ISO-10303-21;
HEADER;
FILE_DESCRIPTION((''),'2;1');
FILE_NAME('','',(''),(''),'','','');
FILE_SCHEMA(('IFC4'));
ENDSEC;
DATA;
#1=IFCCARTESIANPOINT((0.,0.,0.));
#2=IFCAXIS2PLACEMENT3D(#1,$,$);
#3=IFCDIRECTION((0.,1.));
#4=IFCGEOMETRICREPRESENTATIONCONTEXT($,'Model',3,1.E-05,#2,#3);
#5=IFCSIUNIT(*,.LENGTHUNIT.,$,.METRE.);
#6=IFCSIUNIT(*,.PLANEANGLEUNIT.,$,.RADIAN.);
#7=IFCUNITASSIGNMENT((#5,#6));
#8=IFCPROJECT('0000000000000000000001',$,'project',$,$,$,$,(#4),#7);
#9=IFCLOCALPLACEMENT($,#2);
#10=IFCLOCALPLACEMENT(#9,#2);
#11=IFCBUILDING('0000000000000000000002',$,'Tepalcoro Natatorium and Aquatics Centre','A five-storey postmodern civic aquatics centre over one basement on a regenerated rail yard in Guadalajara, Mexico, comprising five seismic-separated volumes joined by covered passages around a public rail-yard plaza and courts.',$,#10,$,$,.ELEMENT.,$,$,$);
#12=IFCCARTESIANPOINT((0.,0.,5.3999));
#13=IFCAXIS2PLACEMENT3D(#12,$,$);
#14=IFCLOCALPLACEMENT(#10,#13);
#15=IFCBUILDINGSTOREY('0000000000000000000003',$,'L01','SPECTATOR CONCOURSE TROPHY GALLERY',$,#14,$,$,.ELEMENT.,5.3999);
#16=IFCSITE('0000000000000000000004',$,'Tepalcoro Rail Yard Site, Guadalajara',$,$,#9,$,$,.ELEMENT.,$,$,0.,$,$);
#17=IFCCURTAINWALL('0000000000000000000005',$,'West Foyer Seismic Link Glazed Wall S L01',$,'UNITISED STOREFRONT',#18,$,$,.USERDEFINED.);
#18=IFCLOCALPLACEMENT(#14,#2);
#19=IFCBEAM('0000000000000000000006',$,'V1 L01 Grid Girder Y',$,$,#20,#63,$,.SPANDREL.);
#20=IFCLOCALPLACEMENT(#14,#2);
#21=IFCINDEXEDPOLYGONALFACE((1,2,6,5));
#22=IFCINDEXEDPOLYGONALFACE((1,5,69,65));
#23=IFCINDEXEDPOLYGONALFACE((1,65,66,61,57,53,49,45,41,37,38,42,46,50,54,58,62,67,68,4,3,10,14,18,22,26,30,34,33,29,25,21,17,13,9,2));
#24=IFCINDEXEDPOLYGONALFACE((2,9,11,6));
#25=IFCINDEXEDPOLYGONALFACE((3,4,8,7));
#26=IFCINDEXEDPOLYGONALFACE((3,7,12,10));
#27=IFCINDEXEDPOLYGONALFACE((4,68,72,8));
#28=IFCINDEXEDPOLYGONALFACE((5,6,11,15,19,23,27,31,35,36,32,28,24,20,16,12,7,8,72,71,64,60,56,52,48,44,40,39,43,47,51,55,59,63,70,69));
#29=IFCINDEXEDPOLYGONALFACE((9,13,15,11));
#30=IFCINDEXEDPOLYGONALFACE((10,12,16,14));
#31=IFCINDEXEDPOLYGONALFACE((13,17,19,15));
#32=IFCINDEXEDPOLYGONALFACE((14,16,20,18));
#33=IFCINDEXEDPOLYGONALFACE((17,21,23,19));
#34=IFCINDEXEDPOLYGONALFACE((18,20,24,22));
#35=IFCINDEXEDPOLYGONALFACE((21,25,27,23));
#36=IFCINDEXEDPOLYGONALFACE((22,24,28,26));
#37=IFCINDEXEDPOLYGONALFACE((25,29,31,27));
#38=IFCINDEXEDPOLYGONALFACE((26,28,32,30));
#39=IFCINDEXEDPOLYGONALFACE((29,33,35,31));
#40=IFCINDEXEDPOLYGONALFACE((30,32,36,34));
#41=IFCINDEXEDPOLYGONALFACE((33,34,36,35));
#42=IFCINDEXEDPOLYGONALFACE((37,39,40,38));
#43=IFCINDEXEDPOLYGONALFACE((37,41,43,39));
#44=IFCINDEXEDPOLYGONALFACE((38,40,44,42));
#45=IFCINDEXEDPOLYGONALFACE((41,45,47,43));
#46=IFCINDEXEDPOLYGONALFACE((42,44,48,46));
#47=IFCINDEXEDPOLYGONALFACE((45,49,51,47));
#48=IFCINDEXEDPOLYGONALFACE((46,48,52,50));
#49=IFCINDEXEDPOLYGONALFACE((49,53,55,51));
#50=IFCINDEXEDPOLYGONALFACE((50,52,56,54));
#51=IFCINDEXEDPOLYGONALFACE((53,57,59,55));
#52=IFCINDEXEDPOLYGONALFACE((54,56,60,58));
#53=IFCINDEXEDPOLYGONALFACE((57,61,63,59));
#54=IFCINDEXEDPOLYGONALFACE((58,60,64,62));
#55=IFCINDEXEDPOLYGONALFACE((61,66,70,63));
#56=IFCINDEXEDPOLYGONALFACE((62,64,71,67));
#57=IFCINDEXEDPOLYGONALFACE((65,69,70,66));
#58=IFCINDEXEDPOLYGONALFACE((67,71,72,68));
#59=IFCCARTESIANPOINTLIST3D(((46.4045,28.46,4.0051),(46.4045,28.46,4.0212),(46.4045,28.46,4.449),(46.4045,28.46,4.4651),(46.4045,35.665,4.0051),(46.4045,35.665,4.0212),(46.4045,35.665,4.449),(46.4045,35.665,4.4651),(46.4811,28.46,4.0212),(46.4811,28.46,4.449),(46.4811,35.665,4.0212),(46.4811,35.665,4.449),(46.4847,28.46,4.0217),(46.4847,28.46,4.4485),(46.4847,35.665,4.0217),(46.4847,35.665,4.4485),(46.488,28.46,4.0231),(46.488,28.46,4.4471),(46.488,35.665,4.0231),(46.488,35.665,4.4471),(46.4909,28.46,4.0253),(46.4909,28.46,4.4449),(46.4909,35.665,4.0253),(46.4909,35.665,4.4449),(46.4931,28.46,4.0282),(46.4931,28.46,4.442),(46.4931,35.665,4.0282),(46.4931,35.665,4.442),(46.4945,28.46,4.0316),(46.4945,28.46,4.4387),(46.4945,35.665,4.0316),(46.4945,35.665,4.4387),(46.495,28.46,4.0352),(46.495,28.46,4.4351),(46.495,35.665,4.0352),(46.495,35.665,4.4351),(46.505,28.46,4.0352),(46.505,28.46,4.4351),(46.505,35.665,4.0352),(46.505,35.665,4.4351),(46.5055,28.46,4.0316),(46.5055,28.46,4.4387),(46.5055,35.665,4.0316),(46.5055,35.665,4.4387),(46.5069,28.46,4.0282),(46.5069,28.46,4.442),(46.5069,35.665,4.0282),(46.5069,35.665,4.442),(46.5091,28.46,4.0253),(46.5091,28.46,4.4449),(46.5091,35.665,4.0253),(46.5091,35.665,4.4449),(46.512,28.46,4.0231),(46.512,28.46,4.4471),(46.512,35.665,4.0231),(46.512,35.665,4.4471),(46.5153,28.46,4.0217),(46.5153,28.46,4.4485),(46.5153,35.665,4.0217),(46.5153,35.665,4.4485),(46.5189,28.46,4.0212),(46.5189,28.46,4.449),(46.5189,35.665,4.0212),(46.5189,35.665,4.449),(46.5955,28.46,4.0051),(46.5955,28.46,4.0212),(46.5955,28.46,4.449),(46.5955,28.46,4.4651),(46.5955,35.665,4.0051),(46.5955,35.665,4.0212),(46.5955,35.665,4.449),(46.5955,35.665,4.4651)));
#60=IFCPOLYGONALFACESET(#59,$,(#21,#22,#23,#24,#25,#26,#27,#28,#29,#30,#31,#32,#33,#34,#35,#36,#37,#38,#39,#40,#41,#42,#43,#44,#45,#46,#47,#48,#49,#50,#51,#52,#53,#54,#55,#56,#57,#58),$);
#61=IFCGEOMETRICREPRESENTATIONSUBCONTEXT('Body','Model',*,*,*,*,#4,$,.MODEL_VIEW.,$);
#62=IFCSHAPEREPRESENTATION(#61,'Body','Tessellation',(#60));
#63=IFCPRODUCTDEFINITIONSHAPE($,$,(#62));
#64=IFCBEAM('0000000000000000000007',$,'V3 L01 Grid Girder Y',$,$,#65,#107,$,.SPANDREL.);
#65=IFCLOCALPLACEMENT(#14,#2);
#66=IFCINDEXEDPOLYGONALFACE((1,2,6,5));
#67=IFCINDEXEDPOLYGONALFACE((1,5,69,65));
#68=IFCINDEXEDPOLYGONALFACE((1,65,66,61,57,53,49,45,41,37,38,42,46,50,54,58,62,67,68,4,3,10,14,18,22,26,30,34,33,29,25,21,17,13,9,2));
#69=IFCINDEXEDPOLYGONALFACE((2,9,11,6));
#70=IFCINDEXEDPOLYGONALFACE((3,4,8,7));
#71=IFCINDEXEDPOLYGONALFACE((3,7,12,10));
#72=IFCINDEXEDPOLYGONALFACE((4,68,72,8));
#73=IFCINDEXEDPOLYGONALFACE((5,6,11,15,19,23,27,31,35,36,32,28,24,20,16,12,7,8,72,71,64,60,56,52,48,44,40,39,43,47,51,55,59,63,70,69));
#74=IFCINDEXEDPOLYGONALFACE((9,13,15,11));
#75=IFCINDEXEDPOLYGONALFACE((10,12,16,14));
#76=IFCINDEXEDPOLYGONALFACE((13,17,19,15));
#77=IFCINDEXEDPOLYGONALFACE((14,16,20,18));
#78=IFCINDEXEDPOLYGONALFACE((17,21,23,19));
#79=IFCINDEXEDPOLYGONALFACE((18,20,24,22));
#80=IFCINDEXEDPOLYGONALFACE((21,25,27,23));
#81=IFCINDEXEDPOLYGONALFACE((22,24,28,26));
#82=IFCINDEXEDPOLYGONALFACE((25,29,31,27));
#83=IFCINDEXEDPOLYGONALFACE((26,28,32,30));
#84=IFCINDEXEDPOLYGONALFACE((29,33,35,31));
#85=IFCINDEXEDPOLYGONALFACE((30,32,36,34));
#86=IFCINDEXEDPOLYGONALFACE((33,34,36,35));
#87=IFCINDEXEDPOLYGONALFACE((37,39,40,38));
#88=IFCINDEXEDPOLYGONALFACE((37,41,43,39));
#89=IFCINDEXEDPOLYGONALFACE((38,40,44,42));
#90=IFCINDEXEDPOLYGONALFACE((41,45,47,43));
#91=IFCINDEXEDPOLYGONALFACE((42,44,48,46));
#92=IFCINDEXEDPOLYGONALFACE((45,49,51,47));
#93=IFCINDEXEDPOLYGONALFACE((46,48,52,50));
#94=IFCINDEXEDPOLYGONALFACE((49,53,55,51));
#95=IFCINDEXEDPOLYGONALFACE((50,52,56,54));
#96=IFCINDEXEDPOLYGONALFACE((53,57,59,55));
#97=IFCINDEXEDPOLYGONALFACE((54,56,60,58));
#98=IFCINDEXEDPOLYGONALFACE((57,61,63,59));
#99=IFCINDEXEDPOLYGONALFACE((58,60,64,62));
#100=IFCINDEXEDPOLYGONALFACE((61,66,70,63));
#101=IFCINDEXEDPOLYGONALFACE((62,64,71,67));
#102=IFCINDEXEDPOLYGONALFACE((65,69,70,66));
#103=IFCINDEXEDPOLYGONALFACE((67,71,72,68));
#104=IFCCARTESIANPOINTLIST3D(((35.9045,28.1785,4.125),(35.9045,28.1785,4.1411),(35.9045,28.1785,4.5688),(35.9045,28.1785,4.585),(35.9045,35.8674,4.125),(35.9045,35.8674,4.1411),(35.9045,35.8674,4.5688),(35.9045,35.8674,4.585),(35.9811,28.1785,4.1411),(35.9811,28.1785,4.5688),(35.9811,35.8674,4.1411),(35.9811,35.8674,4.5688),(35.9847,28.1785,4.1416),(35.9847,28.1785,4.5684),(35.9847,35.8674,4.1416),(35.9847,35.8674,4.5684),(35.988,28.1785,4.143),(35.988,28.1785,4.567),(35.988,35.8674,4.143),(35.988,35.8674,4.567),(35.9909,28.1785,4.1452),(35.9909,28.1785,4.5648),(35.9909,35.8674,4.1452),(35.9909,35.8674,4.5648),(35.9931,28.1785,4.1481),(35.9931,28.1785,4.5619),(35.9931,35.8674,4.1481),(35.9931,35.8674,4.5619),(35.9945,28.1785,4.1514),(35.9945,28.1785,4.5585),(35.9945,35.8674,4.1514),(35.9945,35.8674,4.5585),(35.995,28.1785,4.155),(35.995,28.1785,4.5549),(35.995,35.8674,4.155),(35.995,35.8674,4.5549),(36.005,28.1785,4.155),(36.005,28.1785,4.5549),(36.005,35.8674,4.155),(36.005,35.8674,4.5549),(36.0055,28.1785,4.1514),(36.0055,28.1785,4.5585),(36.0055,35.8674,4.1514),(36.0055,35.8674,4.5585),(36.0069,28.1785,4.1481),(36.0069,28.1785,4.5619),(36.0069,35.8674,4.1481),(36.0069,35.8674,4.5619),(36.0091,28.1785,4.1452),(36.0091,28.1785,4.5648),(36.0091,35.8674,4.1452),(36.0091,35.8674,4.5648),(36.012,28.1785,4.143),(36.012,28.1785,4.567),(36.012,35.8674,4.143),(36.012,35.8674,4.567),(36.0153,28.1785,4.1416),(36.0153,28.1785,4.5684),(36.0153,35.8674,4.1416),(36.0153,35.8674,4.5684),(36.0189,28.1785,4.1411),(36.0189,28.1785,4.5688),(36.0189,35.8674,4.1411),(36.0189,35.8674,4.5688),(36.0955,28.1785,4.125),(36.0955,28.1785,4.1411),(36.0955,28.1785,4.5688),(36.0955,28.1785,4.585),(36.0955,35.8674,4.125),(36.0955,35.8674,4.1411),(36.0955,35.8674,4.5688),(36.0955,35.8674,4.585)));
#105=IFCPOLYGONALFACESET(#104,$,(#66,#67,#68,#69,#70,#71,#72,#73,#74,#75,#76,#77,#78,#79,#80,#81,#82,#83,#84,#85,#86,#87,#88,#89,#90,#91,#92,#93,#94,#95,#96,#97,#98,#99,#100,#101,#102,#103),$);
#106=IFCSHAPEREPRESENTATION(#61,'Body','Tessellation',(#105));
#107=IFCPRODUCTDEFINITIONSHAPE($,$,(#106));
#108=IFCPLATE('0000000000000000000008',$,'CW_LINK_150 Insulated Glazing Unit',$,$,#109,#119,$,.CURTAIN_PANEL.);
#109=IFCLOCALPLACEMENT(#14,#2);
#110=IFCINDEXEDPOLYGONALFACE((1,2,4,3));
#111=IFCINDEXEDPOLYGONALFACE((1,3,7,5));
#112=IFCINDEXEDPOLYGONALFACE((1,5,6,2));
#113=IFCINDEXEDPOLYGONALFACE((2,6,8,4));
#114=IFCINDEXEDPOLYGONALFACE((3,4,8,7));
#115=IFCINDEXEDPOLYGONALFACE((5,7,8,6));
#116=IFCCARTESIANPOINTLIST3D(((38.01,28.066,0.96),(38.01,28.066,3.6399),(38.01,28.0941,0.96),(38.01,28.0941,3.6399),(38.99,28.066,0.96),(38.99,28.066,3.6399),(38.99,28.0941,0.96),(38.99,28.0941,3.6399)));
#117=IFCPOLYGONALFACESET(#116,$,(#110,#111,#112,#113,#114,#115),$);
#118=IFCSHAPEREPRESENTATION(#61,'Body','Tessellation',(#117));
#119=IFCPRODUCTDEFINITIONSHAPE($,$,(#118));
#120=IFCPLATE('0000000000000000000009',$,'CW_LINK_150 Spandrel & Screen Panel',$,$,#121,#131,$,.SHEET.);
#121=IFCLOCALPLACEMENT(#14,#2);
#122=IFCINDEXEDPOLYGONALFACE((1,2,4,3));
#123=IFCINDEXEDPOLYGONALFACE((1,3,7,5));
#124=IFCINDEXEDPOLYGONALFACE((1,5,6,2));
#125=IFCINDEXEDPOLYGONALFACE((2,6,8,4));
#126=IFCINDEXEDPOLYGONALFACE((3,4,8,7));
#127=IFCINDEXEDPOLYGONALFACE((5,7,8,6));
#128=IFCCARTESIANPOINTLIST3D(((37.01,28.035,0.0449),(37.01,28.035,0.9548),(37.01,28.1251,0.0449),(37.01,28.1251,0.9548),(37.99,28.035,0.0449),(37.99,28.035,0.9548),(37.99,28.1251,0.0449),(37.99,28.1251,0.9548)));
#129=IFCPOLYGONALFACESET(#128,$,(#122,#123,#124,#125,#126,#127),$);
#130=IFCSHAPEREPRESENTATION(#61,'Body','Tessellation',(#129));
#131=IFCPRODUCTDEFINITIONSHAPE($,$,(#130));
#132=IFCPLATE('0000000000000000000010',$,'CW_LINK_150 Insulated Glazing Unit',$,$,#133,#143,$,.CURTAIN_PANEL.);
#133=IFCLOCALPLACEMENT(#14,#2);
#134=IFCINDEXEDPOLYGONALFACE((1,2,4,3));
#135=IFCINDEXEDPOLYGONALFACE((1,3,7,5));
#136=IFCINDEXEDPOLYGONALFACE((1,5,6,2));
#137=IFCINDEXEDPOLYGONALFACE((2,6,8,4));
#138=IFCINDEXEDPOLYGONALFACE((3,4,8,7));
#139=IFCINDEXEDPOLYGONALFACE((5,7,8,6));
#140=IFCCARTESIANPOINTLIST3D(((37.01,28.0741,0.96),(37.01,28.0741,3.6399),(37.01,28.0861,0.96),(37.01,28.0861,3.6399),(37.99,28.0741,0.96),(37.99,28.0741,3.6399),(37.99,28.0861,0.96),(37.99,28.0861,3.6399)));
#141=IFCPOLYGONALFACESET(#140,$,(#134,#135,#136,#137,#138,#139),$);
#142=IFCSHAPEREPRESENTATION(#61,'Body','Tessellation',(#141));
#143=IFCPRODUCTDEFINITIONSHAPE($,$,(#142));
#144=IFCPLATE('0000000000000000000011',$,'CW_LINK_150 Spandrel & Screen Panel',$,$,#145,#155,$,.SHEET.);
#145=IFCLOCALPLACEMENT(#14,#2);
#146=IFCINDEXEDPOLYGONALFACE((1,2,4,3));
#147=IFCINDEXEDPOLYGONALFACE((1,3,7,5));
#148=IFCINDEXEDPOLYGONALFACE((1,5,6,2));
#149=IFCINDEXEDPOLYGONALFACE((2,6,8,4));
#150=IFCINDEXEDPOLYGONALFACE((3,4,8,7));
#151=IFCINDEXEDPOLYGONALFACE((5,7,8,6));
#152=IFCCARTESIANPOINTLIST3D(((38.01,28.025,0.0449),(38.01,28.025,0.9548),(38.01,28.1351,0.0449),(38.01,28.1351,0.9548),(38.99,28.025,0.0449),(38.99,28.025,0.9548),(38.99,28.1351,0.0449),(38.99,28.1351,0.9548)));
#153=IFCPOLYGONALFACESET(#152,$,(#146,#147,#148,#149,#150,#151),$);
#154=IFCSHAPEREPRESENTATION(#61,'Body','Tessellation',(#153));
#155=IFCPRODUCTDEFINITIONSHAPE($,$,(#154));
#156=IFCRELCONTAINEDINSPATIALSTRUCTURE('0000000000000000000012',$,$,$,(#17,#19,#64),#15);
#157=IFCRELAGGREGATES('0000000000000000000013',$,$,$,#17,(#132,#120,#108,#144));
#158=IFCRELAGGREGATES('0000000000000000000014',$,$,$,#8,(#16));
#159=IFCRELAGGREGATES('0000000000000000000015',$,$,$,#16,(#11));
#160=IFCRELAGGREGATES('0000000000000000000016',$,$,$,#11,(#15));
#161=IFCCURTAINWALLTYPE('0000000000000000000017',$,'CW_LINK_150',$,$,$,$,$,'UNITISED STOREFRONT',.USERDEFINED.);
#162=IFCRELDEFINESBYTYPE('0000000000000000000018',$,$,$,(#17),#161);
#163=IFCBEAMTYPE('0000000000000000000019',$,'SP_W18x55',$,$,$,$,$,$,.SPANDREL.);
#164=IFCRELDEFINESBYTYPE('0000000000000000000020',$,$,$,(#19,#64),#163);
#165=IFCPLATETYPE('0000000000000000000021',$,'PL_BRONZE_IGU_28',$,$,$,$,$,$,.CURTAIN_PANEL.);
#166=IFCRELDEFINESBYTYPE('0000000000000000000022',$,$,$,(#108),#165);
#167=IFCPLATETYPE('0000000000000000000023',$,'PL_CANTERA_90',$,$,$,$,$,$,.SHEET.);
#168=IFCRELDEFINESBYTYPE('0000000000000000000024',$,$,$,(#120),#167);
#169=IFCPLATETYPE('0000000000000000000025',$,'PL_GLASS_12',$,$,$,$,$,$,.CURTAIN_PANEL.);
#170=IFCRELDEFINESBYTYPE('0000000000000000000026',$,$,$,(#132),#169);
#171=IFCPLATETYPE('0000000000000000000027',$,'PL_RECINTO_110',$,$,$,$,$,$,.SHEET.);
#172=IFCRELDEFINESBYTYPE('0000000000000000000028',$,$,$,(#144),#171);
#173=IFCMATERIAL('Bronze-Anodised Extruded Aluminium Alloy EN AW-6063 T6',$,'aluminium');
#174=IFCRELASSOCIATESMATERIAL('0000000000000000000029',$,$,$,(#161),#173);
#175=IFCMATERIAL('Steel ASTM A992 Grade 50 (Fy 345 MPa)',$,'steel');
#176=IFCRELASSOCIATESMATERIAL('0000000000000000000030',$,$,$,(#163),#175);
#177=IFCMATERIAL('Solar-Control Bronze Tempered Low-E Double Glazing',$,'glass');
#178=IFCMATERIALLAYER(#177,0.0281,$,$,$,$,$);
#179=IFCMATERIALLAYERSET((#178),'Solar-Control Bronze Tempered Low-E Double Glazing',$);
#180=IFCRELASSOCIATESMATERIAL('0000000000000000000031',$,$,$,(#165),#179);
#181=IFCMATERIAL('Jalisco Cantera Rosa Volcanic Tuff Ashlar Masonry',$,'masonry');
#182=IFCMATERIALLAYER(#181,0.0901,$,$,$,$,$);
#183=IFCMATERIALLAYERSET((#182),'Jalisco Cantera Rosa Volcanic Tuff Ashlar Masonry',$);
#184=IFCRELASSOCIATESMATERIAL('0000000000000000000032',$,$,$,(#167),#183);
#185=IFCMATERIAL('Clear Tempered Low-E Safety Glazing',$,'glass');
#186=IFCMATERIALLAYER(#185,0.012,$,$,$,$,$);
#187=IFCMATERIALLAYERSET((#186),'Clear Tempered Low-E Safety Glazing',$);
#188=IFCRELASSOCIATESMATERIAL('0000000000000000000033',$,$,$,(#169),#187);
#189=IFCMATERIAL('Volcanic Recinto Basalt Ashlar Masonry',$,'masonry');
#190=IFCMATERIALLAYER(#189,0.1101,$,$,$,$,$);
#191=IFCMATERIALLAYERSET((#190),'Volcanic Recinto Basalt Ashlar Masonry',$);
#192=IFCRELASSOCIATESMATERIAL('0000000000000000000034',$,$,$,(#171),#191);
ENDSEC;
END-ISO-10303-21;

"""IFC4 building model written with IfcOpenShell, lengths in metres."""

from ifc_helpers import new_model, si_unit, direction, frame, origin, origin_2d, place, context, subcontext, project, spatial, rectangle, i_section, extrude, material, layer, layer_set, material_profile, profile_set, type_object, element, aggregate, save


model = new_model("IFC4")

# Units and contexts
model_context = context("Model", 3, precision=1e-05, world=origin(), true_north=direction((0.0, 1.0)))
body_context = subcontext(model_context, "Body", "Model", "MODEL_VIEW")
ifc_project = project(units=[si_unit("LENGTHUNIT", "METRE"), si_unit("PLANEANGLEUNIT", "RADIAN")], contexts=[model_context])

# Site, building, storey
site_placement = place(None, origin())
site = spatial("IfcSite", under=ifc_project, at=site_placement, Name="Tepalcoro Rail Yard Site, Guadalajara", CompositionType="ELEMENT", RefElevation=0.0)
building_placement = place(site_placement, origin())
building = spatial("IfcBuilding", under=site, at=building_placement, Name="Tepalcoro Natatorium and Aquatics Centre", Description="A five-storey postmodern civic aquatics centre over one basement on a regenerated rail yard in Guadalajara, Mexico, comprising five seismic-separated volumes joined by covered passages around a public rail-yard plaza and courts.", CompositionType="ELEMENT")
storey_placement = place(building_placement, frame((0.0, 0.0, 5.3999)))
storey = spatial("IfcBuildingStorey", under=building, at=storey_placement, Name="L01", Description="SPECTATOR CONCOURSE TROPHY GALLERY", CompositionType="ELEMENT", Elevation=5.3999)

# Shared definitions
ifc_material_1 = material(Name="Steel ASTM A992 Grade 50 (Fy 345 MPa)", Category="steel")

# Curtain wall
ifc_material_2 = material(Name="Bronze-Anodised Extruded Aluminium Alloy EN AW-6063 T6", Category="aluminium")
curtain_wall_type = type_object("IfcCurtainWallType", Name="CW_LINK_150", ElementType="UNITISED STOREFRONT", PredefinedType="USERDEFINED", material=ifc_material_2)
curtain_wall_placement = place(storey_placement, origin())
curtain_wall = element("IfcCurtainWall", 1, at=curtain_wall_placement, inside=storey, type_object=curtain_wall_type, Name="West Foyer Seismic Link Glazed Wall S L01", ObjectType="UNITISED STOREFRONT", PredefinedType="USERDEFINED")

# Beams
ifc_material_profile_1 = material_profile(ifc_material_1, i_section(OverallWidth=0.1909, OverallDepth=0.46, WebThickness=0.01, FlangeThickness=0.0161, FilletRadius=0.0139, at=origin_2d()), Name="W18X55")
ifc_profile_set_1 = profile_set([ifc_material_profile_1], Name="Steel ASTM A992 Grade 50 (Fy 345 MPa)")
beam_type = type_object("IfcBeamType", Name="SP_W18x55", PredefinedType="SPANDREL", material=ifc_profile_set_1)
beam_1_placement = place(storey_placement, frame((46.5, 28.46, 4.2351), z_axis=(0.0, 1.0, 0.0), x_axis=(-1.0, 0.0, 0.0)))
element("IfcBeam", 2, at=beam_1_placement, inside=storey, type_object=beam_type, Name="V1 L01 Grid Girder Y", PredefinedType="SPANDREL", context=body_context, shape_type="SweptSolid", body=[
    extrude(i_section(OverallWidth=0.1909, OverallDepth=0.46, WebThickness=0.01, FlangeThickness=0.0161, FilletRadius=0.0139, at=origin_2d()), origin(), (0.0, 0.0, 1.0), 7.2051),
])
beam_2_placement = place(storey_placement, frame((36.0, 28.1785, 4.355), z_axis=(0.0, 1.0, 0.0), x_axis=(-1.0, 0.0, 0.0)))
element("IfcBeam", 3, at=beam_2_placement, inside=storey, type_object=beam_type, Name="V3 L01 Grid Girder Y", PredefinedType="SPANDREL", context=body_context, shape_type="SweptSolid", body=[
    extrude(i_section(OverallWidth=0.1909, OverallDepth=0.46, WebThickness=0.01, FlangeThickness=0.0161, FilletRadius=0.0139, at=origin_2d()), origin(), (0.0, 0.0, 1.0), 7.689),
])

# Plates
ifc_material_3 = material(Name="Solar-Control Bronze Tempered Low-E Double Glazing", Category="glass")
ifc_layer_1 = layer(ifc_material_3, 0.0281)
ifc_layer_set_1 = layer_set([ifc_layer_1], Name="Solar-Control Bronze Tempered Low-E Double Glazing")
plate_type_1 = type_object("IfcPlateType", Name="PL_BRONZE_IGU_28", PredefinedType="CURTAIN_PANEL", material=ifc_layer_set_1)
plate_1_placement = place(storey_placement, frame((38.5, 28.0801, 0.96), z_axis=(0.0, 0.0, 1.0), x_axis=(1.0, 0.0, 0.0)))
plate_1 = element("IfcPlate", 4, at=plate_1_placement, type_object=plate_type_1, Name="CW_LINK_150 Insulated Glazing Unit", PredefinedType="CURTAIN_PANEL", context=body_context, shape_type="SweptSolid", body=[
    extrude(rectangle(XDim=0.98, YDim=0.0281, at=origin_2d()), origin(), (0.0, 0.0, 1.0), 2.6799),
])
ifc_material_4 = material(Name="Jalisco Cantera Rosa Volcanic Tuff Ashlar Masonry", Category="masonry")
ifc_layer_2 = layer(ifc_material_4, 0.0901)
ifc_layer_set_2 = layer_set([ifc_layer_2], Name="Jalisco Cantera Rosa Volcanic Tuff Ashlar Masonry")
plate_type_2 = type_object("IfcPlateType", Name="PL_CANTERA_90", PredefinedType="SHEET", material=ifc_layer_set_2)
plate_2_placement = place(storey_placement, frame((37.5, 28.0801, 0.0449), z_axis=(0.0, 0.0, 1.0), x_axis=(1.0, 0.0, 0.0)))
plate_2 = element("IfcPlate", 5, at=plate_2_placement, type_object=plate_type_2, Name="CW_LINK_150 Spandrel & Screen Panel", PredefinedType="SHEET", context=body_context, shape_type="SweptSolid", body=[
    extrude(rectangle(XDim=0.98, YDim=0.0901, at=origin_2d()), origin(), (0.0, 0.0, 1.0), 0.9099),
])
ifc_material_5 = material(Name="Clear Tempered Low-E Safety Glazing", Category="glass")
ifc_layer_3 = layer(ifc_material_5, 0.012)
ifc_layer_set_3 = layer_set([ifc_layer_3], Name="Clear Tempered Low-E Safety Glazing")
plate_type_3 = type_object("IfcPlateType", Name="PL_GLASS_12", PredefinedType="CURTAIN_PANEL", material=ifc_layer_set_3)
plate_3_placement = place(storey_placement, frame((37.5, 28.0801, 0.96), z_axis=(0.0, 0.0, 1.0), x_axis=(1.0, 0.0, 0.0)))
plate_3 = element("IfcPlate", 6, at=plate_3_placement, type_object=plate_type_3, Name="CW_LINK_150 Insulated Glazing Unit", PredefinedType="CURTAIN_PANEL", context=body_context, shape_type="SweptSolid", body=[
    extrude(rectangle(XDim=0.98, YDim=0.012, at=origin_2d()), origin(), (0.0, 0.0, 1.0), 2.6799),
])
ifc_material_6 = material(Name="Volcanic Recinto Basalt Ashlar Masonry", Category="masonry")
ifc_layer_4 = layer(ifc_material_6, 0.1101)
ifc_layer_set_4 = layer_set([ifc_layer_4], Name="Volcanic Recinto Basalt Ashlar Masonry")
plate_type_4 = type_object("IfcPlateType", Name="PL_RECINTO_110", PredefinedType="SHEET", material=ifc_layer_set_4)
plate_4_placement = place(storey_placement, frame((38.5, 28.0801, 0.0449), z_axis=(0.0, 0.0, 1.0), x_axis=(1.0, 0.0, 0.0)))
plate_4 = element("IfcPlate", 7, at=plate_4_placement, type_object=plate_type_4, Name="CW_LINK_150 Spandrel & Screen Panel", PredefinedType="SHEET", context=body_context, shape_type="SweptSolid", body=[
    extrude(rectangle(XDim=0.98, YDim=0.1101, at=origin_2d()), origin(), (0.0, 0.0, 1.0), 0.9099),
])
aggregate(curtain_wall, [plate_3, plate_2, plate_1, plate_4])

save(model, "model.ifc")
